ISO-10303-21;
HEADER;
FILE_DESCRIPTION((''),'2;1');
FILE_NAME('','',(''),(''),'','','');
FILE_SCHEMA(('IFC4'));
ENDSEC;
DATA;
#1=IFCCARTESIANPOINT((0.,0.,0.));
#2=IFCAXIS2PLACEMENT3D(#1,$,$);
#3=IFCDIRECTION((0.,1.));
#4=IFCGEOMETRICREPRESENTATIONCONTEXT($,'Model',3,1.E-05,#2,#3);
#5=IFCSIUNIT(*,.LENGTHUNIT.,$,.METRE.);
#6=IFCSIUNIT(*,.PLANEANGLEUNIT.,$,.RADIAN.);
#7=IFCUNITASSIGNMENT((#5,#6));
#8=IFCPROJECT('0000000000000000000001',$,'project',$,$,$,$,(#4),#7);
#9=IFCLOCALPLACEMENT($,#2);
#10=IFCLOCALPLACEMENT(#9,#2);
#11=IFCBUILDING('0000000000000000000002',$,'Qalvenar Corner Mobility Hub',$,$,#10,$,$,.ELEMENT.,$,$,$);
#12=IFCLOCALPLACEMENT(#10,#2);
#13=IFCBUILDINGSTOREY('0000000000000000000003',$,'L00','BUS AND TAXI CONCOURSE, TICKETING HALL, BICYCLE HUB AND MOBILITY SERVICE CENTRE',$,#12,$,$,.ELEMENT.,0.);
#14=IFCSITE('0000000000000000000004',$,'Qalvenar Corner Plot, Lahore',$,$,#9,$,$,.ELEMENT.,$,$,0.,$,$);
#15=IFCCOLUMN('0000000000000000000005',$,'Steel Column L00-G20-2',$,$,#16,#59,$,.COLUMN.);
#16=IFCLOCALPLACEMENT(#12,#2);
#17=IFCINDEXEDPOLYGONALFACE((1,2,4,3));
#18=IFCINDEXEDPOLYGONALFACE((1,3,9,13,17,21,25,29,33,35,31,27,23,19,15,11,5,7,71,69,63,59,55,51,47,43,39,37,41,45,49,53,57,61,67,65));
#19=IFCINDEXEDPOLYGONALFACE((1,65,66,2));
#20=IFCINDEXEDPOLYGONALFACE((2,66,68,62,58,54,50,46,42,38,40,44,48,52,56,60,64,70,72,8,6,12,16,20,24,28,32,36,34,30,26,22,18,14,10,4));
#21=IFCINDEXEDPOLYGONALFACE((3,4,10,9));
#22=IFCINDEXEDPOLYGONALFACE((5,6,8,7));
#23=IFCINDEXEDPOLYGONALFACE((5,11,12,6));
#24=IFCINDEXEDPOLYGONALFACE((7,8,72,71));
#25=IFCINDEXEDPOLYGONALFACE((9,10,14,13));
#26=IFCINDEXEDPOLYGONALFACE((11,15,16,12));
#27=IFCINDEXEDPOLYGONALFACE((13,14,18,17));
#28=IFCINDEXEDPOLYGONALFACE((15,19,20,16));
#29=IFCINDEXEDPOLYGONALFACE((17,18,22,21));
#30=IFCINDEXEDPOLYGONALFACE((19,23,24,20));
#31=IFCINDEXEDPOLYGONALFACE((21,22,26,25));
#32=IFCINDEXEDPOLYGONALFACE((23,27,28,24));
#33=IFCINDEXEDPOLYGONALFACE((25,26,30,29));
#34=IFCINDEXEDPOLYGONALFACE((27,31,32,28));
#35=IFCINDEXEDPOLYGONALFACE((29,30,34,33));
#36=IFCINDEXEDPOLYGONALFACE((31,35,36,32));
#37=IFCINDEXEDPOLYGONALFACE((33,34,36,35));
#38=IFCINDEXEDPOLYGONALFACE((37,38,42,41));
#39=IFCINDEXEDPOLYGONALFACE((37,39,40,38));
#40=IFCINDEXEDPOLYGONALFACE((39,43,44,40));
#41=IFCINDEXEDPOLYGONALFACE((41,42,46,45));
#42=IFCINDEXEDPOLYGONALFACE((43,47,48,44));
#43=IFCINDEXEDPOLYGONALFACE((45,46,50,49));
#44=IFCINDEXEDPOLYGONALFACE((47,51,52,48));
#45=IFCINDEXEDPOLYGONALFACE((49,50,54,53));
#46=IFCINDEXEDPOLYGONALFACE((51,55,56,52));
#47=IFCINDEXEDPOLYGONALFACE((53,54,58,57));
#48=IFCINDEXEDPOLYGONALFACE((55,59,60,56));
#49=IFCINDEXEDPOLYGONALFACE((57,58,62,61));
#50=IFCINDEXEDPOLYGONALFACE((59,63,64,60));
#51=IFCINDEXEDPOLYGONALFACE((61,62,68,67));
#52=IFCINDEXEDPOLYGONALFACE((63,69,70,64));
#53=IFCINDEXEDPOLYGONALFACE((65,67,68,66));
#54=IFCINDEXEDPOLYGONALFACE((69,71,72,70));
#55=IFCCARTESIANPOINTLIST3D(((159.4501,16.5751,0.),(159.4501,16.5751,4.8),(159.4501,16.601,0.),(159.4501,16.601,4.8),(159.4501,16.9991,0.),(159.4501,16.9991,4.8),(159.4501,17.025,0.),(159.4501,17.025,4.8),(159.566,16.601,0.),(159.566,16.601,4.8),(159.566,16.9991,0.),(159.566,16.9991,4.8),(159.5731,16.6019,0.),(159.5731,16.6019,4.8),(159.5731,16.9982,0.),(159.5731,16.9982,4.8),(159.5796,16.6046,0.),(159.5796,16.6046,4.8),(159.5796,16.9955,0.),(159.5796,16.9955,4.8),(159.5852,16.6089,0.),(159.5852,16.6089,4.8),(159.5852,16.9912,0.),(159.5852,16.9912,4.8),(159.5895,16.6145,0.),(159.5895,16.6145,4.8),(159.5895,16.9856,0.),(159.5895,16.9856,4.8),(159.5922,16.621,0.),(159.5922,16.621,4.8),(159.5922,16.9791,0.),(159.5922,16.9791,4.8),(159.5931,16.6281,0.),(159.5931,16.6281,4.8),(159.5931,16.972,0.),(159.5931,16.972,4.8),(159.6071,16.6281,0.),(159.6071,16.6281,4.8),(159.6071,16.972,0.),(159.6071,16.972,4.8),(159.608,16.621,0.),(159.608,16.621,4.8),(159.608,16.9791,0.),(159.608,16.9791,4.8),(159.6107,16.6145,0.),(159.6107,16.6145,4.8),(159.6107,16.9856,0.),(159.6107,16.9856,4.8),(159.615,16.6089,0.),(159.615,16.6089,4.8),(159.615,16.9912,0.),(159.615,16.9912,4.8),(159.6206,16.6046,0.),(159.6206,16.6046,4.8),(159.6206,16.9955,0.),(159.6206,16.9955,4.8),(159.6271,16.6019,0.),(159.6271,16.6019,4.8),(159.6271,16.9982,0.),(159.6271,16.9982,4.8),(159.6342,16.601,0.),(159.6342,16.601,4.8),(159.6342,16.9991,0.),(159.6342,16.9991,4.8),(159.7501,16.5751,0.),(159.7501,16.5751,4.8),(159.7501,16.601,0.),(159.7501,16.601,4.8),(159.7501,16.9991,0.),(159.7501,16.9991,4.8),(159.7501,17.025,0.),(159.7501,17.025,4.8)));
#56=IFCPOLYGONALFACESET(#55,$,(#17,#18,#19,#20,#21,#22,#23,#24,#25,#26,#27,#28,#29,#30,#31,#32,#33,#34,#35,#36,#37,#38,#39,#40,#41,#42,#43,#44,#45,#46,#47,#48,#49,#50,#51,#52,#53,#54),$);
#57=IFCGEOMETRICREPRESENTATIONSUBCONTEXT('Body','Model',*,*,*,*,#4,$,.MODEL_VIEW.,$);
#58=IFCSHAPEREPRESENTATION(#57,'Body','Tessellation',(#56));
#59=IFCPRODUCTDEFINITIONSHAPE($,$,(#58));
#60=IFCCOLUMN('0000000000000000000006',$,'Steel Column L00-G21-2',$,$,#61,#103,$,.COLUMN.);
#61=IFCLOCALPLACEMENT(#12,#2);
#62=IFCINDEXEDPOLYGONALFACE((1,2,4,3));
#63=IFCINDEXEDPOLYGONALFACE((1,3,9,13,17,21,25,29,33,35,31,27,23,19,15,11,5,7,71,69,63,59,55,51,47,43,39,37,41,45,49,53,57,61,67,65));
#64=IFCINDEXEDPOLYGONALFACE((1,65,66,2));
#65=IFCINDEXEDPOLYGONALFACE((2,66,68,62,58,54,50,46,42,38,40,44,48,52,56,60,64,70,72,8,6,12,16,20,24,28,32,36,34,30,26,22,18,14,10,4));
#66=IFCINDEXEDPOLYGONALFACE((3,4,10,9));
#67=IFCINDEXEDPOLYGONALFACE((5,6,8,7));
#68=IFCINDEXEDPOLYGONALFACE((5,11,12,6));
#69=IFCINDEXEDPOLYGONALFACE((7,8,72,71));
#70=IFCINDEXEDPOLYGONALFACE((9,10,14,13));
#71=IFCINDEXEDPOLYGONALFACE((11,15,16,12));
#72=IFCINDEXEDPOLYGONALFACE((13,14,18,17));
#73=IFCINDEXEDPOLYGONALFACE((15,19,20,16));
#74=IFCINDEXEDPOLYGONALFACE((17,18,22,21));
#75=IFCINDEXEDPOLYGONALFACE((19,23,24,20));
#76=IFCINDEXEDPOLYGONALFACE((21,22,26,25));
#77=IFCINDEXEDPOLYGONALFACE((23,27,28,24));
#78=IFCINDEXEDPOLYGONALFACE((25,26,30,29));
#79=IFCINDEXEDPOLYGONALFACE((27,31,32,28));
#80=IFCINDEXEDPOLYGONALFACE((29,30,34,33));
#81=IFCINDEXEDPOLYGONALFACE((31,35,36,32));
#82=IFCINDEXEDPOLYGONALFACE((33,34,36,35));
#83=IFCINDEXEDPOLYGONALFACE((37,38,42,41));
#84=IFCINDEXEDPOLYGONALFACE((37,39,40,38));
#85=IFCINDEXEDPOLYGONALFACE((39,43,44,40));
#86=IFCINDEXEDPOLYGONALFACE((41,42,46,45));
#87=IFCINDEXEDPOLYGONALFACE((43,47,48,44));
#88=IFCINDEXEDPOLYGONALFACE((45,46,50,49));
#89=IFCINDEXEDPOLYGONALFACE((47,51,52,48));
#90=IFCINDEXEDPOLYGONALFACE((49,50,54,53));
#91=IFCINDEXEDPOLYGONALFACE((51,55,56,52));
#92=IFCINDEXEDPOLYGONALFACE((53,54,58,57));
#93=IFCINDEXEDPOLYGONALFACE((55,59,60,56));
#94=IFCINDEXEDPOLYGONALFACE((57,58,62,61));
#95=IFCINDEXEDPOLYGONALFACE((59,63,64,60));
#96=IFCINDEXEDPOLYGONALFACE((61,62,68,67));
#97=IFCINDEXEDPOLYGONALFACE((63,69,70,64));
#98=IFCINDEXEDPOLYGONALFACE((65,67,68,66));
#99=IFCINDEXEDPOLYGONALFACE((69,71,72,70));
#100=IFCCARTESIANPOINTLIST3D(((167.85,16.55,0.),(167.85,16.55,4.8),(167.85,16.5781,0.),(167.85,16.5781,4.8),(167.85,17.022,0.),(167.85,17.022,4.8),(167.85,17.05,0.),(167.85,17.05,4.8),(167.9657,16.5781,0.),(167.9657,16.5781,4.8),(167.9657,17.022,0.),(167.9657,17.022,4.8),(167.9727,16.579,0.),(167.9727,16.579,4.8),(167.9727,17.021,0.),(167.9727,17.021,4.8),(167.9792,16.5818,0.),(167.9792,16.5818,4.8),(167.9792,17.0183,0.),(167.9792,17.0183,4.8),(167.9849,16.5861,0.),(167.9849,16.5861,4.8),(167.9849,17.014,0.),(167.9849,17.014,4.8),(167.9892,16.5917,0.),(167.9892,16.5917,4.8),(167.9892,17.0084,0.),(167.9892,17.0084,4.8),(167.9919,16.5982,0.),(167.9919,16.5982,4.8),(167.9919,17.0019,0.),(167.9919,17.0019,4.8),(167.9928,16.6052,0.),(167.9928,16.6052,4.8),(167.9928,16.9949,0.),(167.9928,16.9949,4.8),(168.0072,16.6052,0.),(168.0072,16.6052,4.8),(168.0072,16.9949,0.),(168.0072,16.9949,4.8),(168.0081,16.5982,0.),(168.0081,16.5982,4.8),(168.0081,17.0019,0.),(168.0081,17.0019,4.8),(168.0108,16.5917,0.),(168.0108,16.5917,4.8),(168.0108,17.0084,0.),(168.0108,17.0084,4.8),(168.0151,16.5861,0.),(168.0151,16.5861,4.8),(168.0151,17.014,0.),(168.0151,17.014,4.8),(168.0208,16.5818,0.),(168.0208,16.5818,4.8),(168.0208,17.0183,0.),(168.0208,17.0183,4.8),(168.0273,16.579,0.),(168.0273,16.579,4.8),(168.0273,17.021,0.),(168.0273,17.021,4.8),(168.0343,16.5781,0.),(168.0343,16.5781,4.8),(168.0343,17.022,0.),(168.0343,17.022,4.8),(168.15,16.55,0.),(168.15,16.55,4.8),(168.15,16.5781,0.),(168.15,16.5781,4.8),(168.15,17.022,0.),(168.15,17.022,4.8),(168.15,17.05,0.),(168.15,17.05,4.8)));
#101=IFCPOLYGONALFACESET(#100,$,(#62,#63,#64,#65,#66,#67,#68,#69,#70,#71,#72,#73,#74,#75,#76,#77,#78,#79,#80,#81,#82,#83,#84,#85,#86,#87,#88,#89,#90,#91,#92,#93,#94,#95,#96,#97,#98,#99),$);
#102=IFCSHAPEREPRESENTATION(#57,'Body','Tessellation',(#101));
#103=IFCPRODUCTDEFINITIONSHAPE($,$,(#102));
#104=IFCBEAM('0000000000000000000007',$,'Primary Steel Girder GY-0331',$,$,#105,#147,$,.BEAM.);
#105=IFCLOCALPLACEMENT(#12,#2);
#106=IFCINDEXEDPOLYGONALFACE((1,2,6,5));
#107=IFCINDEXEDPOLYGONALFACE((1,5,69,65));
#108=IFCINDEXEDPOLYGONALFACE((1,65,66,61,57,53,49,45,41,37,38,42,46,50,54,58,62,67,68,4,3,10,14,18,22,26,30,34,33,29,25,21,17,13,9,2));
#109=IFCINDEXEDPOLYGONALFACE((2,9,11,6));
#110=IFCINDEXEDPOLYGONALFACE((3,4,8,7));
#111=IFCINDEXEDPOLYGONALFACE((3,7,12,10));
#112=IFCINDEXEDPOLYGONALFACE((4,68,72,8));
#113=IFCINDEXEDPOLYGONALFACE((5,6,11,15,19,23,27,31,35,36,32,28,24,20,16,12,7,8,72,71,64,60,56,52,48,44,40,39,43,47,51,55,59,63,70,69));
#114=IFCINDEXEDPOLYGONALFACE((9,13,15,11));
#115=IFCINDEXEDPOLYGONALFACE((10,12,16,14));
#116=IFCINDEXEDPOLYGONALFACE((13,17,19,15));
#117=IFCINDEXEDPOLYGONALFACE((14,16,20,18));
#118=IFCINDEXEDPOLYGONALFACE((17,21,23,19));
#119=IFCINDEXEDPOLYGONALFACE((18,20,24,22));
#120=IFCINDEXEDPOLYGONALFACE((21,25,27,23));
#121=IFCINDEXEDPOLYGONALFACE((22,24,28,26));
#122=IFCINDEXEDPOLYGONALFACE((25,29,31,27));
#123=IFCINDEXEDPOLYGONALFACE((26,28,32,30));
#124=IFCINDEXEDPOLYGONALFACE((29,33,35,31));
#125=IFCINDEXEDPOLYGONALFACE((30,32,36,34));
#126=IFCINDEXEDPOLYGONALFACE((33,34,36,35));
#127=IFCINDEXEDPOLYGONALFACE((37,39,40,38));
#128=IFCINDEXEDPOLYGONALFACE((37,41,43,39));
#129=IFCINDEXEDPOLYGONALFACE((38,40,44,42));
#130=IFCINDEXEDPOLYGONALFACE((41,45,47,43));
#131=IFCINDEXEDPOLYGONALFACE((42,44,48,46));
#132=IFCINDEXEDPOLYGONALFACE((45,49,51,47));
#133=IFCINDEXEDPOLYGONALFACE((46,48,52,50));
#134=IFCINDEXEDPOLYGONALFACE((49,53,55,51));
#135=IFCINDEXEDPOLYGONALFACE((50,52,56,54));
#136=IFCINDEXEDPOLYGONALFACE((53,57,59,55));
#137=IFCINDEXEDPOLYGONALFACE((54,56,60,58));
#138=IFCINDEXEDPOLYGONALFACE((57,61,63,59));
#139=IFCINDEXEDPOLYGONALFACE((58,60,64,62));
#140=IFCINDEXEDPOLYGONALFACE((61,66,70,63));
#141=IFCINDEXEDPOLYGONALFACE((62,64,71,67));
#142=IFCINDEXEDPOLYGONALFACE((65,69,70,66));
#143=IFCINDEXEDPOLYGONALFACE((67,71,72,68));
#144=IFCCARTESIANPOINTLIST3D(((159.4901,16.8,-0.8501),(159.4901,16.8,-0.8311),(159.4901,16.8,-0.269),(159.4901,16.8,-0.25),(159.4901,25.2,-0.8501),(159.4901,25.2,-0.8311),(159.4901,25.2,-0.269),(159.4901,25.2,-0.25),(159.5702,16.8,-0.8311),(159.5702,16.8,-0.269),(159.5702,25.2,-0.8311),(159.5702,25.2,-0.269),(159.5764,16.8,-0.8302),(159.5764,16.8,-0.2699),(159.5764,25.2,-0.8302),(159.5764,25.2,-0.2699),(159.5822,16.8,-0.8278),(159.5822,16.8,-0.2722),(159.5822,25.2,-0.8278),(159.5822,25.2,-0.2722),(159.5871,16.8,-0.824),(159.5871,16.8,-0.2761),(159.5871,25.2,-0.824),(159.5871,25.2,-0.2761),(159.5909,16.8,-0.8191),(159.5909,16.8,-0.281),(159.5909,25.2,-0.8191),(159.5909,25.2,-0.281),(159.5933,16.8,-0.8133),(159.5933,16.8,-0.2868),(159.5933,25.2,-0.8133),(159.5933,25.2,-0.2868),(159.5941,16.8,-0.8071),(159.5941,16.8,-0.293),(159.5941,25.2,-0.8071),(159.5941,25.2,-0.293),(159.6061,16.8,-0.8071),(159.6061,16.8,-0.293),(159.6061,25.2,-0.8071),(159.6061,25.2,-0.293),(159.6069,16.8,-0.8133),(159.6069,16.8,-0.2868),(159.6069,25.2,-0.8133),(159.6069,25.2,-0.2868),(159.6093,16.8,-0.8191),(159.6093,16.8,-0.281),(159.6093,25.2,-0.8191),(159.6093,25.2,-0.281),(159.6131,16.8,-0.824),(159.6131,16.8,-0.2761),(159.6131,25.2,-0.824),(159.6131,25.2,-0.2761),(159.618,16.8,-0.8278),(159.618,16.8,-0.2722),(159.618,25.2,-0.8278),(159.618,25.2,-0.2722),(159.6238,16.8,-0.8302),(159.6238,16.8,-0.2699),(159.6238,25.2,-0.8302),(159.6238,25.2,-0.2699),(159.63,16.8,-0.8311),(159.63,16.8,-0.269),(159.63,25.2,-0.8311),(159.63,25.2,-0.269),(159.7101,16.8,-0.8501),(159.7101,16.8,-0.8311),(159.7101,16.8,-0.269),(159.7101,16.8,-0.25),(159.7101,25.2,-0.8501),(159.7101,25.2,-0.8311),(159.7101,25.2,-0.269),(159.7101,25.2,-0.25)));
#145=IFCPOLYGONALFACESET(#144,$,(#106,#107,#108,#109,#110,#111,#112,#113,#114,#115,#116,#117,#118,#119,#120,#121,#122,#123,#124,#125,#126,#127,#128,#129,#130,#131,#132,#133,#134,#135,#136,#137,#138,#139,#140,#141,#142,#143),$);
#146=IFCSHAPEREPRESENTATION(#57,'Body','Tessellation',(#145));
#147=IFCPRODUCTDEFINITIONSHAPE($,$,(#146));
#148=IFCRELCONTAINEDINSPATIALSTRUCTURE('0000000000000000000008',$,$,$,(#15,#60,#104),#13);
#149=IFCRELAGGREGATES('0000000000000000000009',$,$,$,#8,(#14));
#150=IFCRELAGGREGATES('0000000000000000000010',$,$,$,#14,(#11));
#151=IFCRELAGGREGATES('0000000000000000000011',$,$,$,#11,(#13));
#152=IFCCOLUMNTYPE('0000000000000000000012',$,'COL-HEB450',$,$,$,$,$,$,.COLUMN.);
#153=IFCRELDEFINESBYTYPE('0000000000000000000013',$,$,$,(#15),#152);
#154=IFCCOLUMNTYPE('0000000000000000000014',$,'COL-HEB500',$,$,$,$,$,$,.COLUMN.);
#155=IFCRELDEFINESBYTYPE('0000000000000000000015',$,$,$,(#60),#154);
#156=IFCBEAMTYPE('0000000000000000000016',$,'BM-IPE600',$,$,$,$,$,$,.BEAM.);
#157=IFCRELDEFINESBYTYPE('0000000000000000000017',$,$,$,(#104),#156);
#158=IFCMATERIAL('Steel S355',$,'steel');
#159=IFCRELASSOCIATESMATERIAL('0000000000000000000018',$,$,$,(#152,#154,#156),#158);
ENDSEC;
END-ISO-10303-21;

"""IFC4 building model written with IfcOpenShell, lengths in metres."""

from ifc_helpers import new_model, si_unit, direction, frame, origin, origin_2d, place, context, subcontext, project, spatial, i_section, extrude, material, material_profile, profile_set, type_object, element, save


model = new_model("IFC4")

# Units and contexts
model_context = context("Model", 3, precision=1e-05, world=origin(), true_north=direction((0.0, 1.0)))
body_context = subcontext(model_context, "Body", "Model", "MODEL_VIEW")
ifc_project = project(units=[si_unit("LENGTHUNIT", "METRE"), si_unit("PLANEANGLEUNIT", "RADIAN")], contexts=[model_context])

# Site, building, storey
site_placement = place(None, origin())
site = spatial("IfcSite", under=ifc_project, at=site_placement, Name="Qalvenar Corner Plot, Lahore", CompositionType="ELEMENT", RefElevation=0.0)
building_placement = place(site_placement, origin())
building = spatial("IfcBuilding", under=site, at=building_placement, Name="Qalvenar Corner Mobility Hub", CompositionType="ELEMENT")
storey_placement = place(building_placement, origin())
storey = spatial("IfcBuildingStorey", under=building, at=storey_placement, Name="L00", Description="BUS AND TAXI CONCOURSE, TICKETING HALL, BICYCLE HUB AND MOBILITY SERVICE CENTRE", CompositionType="ELEMENT", Elevation=0.0)

# Columns
ifc_material_1 = material(Name="Steel S355", Category="steel")
ifc_material_profile_1 = material_profile(ifc_material_1, i_section(OverallWidth=0.3, OverallDepth=0.45, WebThickness=0.0139, FlangeThickness=0.0259, FilletRadius=0.0271, at=origin_2d()), Name="HEB450")
ifc_profile_set_1 = profile_set([ifc_material_profile_1], Name="Steel S355")
column_type_1 = type_object("IfcColumnType", Name="COL-HEB450", PredefinedType="COLUMN", material=ifc_profile_set_1)
column_1_placement = place(storey_placement, frame((159.6001, 16.8, 0.0), z_axis=(0.0, 0.0, 1.0), x_axis=(1.0, 0.0, 0.0)))
element("IfcColumn", 1, at=column_1_placement, inside=storey, type_object=column_type_1, Name="Steel Column L00-G20-2", PredefinedType="COLUMN", context=body_context, shape_type="SweptSolid", body=[
    extrude(i_section(OverallWidth=0.3, OverallDepth=0.45, WebThickness=0.0139, FlangeThickness=0.0259, FilletRadius=0.0271, at=origin_2d()), origin(), (0.0, 0.0, 1.0), 4.8),
])
ifc_material_profile_2 = material_profile(ifc_material_1, i_section(OverallWidth=0.3, OverallDepth=0.5, WebThickness=0.0144, FlangeThickness=0.0281, FilletRadius=0.0271, at=origin_2d()), Name="HEB500")
ifc_profile_set_2 = profile_set([ifc_material_profile_2], Name="Steel S355")
column_type_2 = type_object("IfcColumnType", Name="COL-HEB500", PredefinedType="COLUMN", material=ifc_profile_set_2)
column_2_placement = place(storey_placement, frame((168.0, 16.8, 0.0), z_axis=(0.0, 0.0, 1.0), x_axis=(1.0, 0.0, 0.0)))
element("IfcColumn", 2, at=column_2_placement, inside=storey, type_object=column_type_2, Name="Steel Column L00-G21-2", PredefinedType="COLUMN", context=body_context, shape_type="SweptSolid", body=[
    extrude(i_section(OverallWidth=0.3, OverallDepth=0.5, WebThickness=0.0144, FlangeThickness=0.0281, FilletRadius=0.0271, at=origin_2d()), origin(), (0.0, 0.0, 1.0), 4.8),
])

# Beam
ifc_material_profile_3 = material_profile(ifc_material_1, i_section(OverallWidth=0.22, OverallDepth=0.6001, WebThickness=0.012, FlangeThickness=0.019, FilletRadius=0.0239, at=origin_2d()), Name="IPE600")
ifc_profile_set_3 = profile_set([ifc_material_profile_3], Name="Steel S355")
beam_type_1 = type_object("IfcBeamType", Name="BM-IPE600", PredefinedType="BEAM", material=ifc_profile_set_3)
beam_1_placement = place(storey_placement, frame((159.6001, 16.8, -0.55), z_axis=(0.0, 1.0, 0.0), x_axis=(-1.0, 0.0, 0.0)))
element("IfcBeam", 3, at=beam_1_placement, inside=storey, type_object=beam_type_1, Name="Primary Steel Girder GY-0331", PredefinedType="BEAM", context=body_context, shape_type="SweptSolid", body=[
    extrude(i_section(OverallWidth=0.22, OverallDepth=0.6001, WebThickness=0.012, FlangeThickness=0.019, FilletRadius=0.0239, at=origin_2d()), origin(), (0.0, 0.0, 1.0), 8.3999),
])

save(model, "model.ifc")
